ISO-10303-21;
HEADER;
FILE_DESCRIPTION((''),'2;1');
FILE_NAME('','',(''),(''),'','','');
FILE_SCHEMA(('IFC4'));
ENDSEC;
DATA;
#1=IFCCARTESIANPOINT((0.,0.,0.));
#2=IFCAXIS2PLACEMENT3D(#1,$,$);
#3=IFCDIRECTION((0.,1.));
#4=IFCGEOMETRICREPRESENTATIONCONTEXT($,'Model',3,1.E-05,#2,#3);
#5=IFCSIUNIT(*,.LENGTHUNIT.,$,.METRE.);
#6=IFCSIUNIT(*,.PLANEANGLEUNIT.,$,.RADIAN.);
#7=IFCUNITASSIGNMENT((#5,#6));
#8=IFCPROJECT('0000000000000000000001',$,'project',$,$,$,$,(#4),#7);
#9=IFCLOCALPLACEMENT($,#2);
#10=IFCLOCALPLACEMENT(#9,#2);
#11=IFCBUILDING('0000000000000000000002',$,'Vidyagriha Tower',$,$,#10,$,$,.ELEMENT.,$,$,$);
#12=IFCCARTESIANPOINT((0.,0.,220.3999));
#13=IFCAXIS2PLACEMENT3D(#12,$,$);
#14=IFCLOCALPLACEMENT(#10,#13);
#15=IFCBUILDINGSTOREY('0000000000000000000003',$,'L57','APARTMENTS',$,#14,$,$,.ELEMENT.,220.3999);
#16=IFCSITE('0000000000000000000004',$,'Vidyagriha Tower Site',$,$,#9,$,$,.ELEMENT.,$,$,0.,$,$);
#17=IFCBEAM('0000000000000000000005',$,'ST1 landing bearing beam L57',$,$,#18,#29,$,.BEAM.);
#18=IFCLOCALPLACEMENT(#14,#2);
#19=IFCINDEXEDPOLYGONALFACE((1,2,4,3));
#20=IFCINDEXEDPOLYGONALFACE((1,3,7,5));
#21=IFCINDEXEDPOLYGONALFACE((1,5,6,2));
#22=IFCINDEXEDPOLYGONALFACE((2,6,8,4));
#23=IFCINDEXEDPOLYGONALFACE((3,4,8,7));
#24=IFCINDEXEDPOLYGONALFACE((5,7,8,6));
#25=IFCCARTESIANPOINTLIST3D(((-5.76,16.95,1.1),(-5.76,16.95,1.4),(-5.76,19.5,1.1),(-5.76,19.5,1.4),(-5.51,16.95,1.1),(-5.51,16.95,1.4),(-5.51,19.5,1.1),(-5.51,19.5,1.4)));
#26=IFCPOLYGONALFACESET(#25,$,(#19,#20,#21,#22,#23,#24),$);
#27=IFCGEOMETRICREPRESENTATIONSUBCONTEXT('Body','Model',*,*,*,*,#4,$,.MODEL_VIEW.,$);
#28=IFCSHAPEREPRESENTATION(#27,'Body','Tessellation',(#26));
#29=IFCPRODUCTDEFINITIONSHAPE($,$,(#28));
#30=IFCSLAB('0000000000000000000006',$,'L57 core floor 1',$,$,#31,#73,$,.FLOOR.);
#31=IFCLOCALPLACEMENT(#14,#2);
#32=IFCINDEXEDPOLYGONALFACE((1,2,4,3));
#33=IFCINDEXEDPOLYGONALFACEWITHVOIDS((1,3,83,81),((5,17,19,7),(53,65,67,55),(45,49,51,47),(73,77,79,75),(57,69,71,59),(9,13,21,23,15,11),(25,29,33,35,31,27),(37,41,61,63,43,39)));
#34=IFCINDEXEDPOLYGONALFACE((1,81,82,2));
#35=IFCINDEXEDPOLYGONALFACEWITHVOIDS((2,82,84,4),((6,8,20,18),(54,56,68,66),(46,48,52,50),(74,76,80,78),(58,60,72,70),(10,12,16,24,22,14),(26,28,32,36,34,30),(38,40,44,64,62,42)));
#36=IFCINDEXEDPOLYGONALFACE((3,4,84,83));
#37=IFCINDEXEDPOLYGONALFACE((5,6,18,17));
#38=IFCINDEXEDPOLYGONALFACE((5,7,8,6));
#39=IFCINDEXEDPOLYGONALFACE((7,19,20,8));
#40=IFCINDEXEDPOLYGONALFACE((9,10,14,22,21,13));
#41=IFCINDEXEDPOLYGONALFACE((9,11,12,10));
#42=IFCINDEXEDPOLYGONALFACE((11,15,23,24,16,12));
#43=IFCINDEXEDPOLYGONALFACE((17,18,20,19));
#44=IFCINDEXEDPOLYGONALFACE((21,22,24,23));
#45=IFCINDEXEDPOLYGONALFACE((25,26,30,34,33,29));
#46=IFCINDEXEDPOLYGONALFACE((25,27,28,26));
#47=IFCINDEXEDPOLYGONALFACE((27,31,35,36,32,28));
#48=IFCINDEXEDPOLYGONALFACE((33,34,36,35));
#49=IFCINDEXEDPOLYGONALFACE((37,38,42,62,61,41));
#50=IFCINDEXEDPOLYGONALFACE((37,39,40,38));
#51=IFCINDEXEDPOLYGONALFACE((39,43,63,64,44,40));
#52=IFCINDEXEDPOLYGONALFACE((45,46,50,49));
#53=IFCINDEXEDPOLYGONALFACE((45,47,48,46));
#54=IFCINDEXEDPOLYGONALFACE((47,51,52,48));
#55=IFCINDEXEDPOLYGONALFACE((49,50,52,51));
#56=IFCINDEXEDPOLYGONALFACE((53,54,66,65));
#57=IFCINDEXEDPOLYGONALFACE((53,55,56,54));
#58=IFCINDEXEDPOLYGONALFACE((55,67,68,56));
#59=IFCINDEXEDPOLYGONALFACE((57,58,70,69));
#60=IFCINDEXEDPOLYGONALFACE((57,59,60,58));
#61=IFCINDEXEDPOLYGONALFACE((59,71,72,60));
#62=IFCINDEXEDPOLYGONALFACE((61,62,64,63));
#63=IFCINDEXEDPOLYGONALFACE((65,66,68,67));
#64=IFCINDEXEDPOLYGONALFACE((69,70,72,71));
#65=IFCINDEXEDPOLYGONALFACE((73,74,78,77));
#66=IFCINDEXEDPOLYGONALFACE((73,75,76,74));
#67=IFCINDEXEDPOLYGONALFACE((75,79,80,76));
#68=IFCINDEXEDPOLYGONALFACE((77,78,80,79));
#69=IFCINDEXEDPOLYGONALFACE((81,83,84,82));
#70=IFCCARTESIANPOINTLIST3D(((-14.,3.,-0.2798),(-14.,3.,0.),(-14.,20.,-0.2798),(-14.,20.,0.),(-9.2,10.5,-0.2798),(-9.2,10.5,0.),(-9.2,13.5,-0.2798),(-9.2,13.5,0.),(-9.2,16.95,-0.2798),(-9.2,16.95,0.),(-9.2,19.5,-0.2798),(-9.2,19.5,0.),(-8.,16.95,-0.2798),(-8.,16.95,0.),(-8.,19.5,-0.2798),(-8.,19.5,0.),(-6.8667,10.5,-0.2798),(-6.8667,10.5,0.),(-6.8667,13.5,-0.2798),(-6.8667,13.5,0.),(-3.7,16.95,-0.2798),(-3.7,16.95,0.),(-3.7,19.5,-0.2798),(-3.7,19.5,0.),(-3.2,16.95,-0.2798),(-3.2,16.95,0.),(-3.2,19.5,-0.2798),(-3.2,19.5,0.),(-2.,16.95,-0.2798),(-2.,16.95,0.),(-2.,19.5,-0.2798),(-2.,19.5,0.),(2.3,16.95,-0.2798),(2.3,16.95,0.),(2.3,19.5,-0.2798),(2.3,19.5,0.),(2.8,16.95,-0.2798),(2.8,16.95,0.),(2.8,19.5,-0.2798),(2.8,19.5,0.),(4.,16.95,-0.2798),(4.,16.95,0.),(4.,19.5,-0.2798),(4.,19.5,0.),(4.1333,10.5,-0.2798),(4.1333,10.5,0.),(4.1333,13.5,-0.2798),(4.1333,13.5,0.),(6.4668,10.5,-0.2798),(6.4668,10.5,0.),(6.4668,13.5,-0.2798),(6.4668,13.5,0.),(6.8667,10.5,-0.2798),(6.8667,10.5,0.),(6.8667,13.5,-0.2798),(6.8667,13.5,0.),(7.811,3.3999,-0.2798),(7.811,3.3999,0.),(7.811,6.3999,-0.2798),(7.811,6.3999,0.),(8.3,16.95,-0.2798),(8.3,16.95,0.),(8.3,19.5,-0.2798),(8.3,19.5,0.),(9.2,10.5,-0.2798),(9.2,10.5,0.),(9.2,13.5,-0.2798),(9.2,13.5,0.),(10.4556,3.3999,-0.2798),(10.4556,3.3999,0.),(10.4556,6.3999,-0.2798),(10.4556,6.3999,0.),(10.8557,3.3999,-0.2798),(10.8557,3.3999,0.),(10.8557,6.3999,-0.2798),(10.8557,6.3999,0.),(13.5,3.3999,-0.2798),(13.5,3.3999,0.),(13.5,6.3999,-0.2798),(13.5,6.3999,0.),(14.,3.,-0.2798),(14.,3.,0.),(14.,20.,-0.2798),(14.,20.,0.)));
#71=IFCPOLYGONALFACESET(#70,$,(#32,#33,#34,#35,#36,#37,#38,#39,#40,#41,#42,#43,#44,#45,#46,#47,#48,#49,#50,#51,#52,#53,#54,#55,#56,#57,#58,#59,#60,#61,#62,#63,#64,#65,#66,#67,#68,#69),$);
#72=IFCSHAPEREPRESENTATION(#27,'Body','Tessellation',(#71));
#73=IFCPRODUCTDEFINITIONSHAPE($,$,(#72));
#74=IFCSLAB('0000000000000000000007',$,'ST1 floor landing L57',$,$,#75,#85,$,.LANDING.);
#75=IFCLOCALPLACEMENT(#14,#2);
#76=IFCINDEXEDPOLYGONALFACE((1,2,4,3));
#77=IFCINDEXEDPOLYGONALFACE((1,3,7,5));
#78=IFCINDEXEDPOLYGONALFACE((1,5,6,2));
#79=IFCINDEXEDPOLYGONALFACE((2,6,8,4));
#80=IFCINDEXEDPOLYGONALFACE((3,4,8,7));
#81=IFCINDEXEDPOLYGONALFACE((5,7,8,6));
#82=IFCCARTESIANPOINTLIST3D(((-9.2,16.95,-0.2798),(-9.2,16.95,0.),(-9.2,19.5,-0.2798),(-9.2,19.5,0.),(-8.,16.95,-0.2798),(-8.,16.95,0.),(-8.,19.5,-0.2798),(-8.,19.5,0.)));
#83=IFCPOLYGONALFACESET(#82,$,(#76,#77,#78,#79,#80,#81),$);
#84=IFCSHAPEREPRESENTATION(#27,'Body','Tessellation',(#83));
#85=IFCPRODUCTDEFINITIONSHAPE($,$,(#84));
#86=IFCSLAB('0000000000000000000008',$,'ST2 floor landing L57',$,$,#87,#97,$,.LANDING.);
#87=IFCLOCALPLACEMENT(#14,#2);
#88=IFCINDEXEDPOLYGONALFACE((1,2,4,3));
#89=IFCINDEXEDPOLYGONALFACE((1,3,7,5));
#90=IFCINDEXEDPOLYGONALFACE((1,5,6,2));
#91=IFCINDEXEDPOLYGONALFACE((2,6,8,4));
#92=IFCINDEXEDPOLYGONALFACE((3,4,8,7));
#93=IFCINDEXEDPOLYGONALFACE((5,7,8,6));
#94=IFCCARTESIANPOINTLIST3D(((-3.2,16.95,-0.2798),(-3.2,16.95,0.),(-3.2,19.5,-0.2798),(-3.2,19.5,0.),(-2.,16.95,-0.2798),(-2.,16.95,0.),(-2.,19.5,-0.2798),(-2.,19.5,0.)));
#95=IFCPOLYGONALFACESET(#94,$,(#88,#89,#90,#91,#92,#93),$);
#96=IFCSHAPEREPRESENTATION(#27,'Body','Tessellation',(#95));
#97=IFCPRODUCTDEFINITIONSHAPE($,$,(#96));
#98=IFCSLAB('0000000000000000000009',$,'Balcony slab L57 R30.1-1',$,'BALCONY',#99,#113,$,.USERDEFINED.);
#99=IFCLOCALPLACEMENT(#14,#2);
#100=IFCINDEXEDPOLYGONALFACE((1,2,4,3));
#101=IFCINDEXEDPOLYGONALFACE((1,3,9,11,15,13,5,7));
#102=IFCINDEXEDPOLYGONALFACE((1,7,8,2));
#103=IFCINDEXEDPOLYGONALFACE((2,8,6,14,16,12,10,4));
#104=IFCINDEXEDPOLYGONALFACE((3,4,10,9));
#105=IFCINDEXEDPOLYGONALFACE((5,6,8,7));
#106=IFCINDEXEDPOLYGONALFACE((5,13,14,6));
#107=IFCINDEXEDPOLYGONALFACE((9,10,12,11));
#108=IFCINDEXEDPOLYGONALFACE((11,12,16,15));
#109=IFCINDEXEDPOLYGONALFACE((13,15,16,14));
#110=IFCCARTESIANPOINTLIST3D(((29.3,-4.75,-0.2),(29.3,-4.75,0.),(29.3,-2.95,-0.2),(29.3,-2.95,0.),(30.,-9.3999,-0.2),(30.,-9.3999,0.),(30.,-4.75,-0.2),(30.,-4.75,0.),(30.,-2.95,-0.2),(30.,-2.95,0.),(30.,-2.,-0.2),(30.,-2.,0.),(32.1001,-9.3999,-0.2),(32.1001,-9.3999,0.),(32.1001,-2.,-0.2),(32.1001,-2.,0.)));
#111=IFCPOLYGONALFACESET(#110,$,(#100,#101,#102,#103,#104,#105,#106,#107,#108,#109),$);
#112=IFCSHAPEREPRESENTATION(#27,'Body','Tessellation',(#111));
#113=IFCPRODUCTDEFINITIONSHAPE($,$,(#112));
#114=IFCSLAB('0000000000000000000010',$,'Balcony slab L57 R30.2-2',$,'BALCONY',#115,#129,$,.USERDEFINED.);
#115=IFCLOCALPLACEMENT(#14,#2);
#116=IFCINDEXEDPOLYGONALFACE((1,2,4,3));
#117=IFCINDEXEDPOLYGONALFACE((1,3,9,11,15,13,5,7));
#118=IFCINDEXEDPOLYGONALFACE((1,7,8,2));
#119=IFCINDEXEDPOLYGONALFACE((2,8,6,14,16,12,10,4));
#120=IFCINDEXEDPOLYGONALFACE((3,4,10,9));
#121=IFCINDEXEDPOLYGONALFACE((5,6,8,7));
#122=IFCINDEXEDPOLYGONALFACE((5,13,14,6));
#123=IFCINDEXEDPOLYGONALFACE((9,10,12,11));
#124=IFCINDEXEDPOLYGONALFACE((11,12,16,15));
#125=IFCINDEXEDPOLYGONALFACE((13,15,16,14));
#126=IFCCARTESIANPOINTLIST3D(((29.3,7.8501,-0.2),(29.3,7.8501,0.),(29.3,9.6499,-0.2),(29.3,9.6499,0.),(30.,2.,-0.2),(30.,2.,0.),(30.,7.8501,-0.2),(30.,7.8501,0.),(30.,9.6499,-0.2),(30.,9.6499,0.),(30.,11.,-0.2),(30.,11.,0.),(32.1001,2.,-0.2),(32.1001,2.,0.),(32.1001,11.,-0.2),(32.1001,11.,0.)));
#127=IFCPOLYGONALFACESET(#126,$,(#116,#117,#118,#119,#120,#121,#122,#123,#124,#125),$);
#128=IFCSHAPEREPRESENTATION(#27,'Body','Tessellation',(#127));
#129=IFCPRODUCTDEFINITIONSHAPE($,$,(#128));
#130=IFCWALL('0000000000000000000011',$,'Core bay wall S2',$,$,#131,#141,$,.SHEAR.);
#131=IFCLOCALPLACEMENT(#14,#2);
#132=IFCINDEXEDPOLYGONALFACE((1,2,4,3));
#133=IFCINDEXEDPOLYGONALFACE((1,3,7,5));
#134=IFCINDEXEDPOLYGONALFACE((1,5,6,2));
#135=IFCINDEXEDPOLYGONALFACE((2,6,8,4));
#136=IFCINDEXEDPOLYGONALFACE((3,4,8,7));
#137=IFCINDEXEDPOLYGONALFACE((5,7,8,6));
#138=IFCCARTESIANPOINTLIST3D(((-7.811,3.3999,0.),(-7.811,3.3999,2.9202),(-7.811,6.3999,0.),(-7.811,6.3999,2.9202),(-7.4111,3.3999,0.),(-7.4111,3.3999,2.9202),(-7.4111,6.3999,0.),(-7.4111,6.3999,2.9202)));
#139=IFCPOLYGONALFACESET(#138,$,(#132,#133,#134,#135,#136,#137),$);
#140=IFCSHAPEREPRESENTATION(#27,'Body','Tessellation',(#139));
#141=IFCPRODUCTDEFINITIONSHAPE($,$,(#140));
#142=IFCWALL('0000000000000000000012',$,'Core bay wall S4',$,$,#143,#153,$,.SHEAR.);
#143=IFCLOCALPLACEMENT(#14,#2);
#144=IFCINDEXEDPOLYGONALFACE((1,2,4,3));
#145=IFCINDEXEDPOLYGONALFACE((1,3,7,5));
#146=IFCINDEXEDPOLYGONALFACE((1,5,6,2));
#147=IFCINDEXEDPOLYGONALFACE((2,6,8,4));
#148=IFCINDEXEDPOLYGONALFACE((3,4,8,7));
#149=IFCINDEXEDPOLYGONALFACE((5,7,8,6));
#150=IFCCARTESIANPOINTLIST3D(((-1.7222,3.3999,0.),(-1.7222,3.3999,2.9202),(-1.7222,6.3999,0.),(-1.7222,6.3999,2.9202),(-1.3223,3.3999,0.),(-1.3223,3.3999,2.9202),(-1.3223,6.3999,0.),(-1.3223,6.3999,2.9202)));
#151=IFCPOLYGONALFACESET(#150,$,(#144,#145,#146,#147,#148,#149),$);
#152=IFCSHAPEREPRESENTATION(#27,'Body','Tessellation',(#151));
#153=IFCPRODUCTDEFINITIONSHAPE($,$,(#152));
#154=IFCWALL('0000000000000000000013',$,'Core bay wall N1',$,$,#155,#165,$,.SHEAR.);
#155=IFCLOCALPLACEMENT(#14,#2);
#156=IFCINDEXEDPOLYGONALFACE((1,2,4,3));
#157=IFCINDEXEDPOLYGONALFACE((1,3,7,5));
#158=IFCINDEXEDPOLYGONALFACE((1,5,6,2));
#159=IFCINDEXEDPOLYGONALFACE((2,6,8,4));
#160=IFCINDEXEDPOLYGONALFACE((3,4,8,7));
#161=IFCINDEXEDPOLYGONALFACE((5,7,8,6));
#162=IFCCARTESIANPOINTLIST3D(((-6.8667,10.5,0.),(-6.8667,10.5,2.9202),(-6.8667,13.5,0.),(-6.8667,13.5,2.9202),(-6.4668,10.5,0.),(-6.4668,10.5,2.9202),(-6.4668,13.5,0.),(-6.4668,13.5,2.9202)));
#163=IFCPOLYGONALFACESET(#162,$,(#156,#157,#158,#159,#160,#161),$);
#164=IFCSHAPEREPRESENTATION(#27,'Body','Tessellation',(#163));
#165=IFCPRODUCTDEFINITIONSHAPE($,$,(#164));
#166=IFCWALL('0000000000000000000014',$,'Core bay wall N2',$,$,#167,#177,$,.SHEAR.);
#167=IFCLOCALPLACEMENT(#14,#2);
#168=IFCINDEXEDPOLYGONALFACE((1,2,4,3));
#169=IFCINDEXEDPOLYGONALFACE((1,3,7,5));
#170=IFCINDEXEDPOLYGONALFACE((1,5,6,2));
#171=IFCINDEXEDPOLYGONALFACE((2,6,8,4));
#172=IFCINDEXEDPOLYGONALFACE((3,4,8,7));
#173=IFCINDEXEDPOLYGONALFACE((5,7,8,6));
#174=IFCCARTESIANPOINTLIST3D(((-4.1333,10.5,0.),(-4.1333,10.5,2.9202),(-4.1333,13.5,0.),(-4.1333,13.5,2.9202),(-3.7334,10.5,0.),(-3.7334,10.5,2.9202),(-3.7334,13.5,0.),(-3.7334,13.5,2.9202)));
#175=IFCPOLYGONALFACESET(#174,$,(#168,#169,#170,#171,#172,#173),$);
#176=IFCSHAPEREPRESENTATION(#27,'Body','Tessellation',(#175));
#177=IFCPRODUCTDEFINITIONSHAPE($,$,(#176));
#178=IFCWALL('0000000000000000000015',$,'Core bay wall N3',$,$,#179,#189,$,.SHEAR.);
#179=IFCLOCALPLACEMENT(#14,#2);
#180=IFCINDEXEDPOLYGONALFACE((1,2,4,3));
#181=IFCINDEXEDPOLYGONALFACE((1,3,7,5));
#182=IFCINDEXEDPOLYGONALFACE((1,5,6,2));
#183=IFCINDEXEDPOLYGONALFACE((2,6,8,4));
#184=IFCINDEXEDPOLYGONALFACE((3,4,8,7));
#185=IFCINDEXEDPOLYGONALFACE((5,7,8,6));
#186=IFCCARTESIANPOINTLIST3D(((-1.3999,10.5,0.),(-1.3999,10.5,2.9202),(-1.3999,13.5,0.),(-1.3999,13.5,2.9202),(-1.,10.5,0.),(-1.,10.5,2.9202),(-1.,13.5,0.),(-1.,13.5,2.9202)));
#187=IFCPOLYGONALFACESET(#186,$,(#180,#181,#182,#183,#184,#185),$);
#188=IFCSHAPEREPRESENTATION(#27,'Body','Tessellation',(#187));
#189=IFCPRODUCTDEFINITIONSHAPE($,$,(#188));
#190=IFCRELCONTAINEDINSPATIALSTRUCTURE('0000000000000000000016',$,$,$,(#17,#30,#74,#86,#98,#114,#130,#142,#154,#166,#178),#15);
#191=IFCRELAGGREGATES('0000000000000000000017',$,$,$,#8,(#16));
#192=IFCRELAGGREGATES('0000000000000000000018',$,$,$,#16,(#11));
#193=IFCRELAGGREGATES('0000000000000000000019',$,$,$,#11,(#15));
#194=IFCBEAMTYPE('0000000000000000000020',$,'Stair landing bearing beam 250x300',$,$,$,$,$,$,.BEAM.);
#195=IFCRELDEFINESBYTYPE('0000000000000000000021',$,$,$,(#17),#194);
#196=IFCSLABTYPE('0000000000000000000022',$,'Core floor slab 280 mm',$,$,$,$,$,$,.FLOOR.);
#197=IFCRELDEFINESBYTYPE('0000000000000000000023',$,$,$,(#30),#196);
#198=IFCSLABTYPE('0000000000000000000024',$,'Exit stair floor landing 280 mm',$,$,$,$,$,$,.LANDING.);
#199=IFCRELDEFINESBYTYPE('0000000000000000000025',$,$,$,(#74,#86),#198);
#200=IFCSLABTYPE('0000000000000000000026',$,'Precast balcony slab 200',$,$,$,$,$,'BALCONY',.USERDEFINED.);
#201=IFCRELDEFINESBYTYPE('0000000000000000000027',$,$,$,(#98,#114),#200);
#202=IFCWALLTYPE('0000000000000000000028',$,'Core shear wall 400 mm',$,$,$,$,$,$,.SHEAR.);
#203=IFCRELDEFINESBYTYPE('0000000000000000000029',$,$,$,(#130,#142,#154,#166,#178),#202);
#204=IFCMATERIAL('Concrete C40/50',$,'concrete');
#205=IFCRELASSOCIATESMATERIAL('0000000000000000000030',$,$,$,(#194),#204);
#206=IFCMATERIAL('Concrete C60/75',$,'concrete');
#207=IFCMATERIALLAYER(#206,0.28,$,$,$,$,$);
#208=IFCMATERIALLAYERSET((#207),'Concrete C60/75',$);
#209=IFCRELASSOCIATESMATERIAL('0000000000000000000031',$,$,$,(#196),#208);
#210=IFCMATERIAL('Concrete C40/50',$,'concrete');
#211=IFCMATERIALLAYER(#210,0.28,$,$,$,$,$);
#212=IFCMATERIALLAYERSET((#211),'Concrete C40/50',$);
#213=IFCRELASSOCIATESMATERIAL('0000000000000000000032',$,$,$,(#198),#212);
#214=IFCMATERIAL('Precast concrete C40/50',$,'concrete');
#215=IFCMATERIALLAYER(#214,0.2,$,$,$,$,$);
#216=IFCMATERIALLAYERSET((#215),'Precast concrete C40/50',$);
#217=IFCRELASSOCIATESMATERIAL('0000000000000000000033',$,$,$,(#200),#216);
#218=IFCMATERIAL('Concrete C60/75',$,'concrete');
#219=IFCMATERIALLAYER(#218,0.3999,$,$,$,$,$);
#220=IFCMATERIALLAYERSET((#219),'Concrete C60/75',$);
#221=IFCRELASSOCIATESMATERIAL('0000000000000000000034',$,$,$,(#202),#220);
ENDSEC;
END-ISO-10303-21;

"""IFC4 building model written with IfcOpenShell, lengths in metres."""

from ifc_helpers import new_model, si_unit, direction, frame, frame_2d, origin, origin_2d, place, context, subcontext, project, spatial, polyline, rectangle, outline, extrude, material, layer, layer_set, material_profile, profile_set, type_object, element, save


model = new_model("IFC4")

# Units and contexts
model_context = context("Model", 3, precision=1e-05, world=origin(), true_north=direction((0.0, 1.0)))
body_context = subcontext(model_context, "Body", "Model", "MODEL_VIEW")
ifc_project = project(units=[si_unit("LENGTHUNIT", "METRE"), si_unit("PLANEANGLEUNIT", "RADIAN")], contexts=[model_context])

# Site, building, storey
site_placement = place(None, origin())
site = spatial("IfcSite", under=ifc_project, at=site_placement, Name="Vidyagriha Tower Site", CompositionType="ELEMENT", RefElevation=0.0)
building_placement = place(site_placement, origin())
building = spatial("IfcBuilding", under=site, at=building_placement, Name="Vidyagriha Tower", CompositionType="ELEMENT")
storey_placement = place(building_placement, frame((0.0, 0.0, 220.3999)))
storey = spatial("IfcBuildingStorey", under=building, at=storey_placement, Name="L57", Description="APARTMENTS", CompositionType="ELEMENT", Elevation=220.3999)

# Beam
ifc_material_1 = material(Name="Concrete C40/50", Category="concrete")
ifc_material_profile = material_profile(ifc_material_1, rectangle(XDim=0.25, YDim=0.3, at=origin_2d()), Name="Stair landing bearing beam 250x300")
ifc_profile_set = profile_set([ifc_material_profile], Name="Concrete C40/50")
beam_type = type_object("IfcBeamType", Name="Stair landing bearing beam 250x300", PredefinedType="BEAM", material=ifc_profile_set)
beam_placement = place(storey_placement, frame((-5.635, 16.95, 1.25), z_axis=(0.0, 1.0, 0.0), x_axis=(-1.0, 0.0, 0.0)))
element("IfcBeam", 1, at=beam_placement, inside=storey, type_object=beam_type, Name="ST1 landing bearing beam L57", PredefinedType="BEAM", context=body_context, shape_type="SweptSolid", body=[
    extrude(rectangle(XDim=0.25, YDim=0.3, at=origin_2d()), origin(), (0.0, 0.0, 1.0), 2.55),
])

# Slabs
ifc_material_2 = material(Name="Concrete C60/75", Category="concrete")
ifc_layer_1 = layer(ifc_material_2, 0.28)
ifc_layer_set_1 = layer_set([ifc_layer_1], Name="Concrete C60/75")
slab_type_1 = type_object("IfcSlabType", Name="Core floor slab 280 mm", PredefinedType="FLOOR", material=ifc_layer_set_1)
slab_1_placement = place(storey_placement, frame((0.0, 0.0, -0.2798)))
element("IfcSlab", 2, at=slab_1_placement, inside=storey, type_object=slab_type_1, Name="L57 core floor 1", PredefinedType="FLOOR", context=body_context, shape_type="SweptSolid", body=[
    extrude(outline(polyline([(-14.0, 3.0), (-14.0, 20.0), (14.0, 20.0), (14.0, 3.0), (-14.0, 3.0)]), holes=[polyline([(13.5, 6.3999), (10.8557, 6.3999), (10.8557, 3.3999), (13.5, 3.3999), (13.5, 6.3999)]), polyline([(10.4556, 6.3999), (7.811, 6.3999), (7.811, 3.3999), (10.4556, 3.3999), (10.4556, 6.3999)]), polyline([(9.2, 13.5), (6.8667, 13.5), (6.8667, 10.5), (9.2, 10.5), (9.2, 13.5)]), polyline([(2.8, 19.5), (2.8, 16.95), (4.0, 16.95), (8.3, 16.95), (8.3, 19.5), (4.0, 19.5), (2.8, 19.5)]), polyline([(4.1333, 13.5), (4.1333, 10.5), (6.4668, 10.5), (6.4668, 13.5), (4.1333, 13.5)]), polyline([(-2.0, 19.5), (-3.2, 19.5), (-3.2, 16.95), (-2.0, 16.95), (2.3, 16.95), (2.3, 19.5), (-2.0, 19.5)]), polyline([(-9.2, 19.5), (-9.2, 16.95), (-8.0, 16.95), (-3.7, 16.95), (-3.7, 19.5), (-8.0, 19.5), (-9.2, 19.5)]), polyline([(-9.2, 13.5), (-9.2, 10.5), (-6.8667, 10.5), (-6.8667, 13.5), (-9.2, 13.5)])]), origin(), (0.0, 0.0, 1.0), 0.2798),
])
ifc_material_3 = material(Name="Concrete C40/50", Category="concrete")
ifc_layer_2 = layer(ifc_material_3, 0.28)
ifc_layer_set_2 = layer_set([ifc_layer_2], Name="Concrete C40/50")
slab_type_2 = type_object("IfcSlabType", Name="Exit stair floor landing 280 mm", PredefinedType="LANDING", material=ifc_layer_set_2)
slab_2_placement = place(storey_placement, frame((0.0, 0.0, -0.2798)))
element("IfcSlab", 3, at=slab_2_placement, inside=storey, type_object=slab_type_2, Name="ST1 floor landing L57", PredefinedType="LANDING", context=body_context, shape_type="SweptSolid", body=[
    extrude(outline(polyline([(-9.2, 16.95), (-8.0, 16.95), (-8.0, 19.5), (-9.2, 19.5), (-9.2, 16.95)])), origin(), (0.0, 0.0, 1.0), 0.2798),
])
slab_3_placement = place(storey_placement, frame((0.0, 0.0, -0.2798)))
element("IfcSlab", 4, at=slab_3_placement, inside=storey, type_object=slab_type_2, Name="ST2 floor landing L57", PredefinedType="LANDING", context=body_context, shape_type="SweptSolid", body=[
    extrude(outline(polyline([(-3.2, 16.95), (-2.0, 16.95), (-2.0, 19.5), (-3.2, 19.5), (-3.2, 16.95)])), origin(), (0.0, 0.0, 1.0), 0.2798),
])
ifc_material_4 = material(Name="Precast concrete C40/50", Category="concrete")
ifc_layer_3 = layer(ifc_material_4, 0.2)
ifc_layer_set_3 = layer_set([ifc_layer_3], Name="Precast concrete C40/50")
slab_type_3 = type_object("IfcSlabType", Name="Precast balcony slab 200", ElementType="BALCONY", PredefinedType="USERDEFINED", material=ifc_layer_set_3)
slab_4_placement = place(storey_placement, frame((0.0, 0.0, -0.2)))
element("IfcSlab", 5, at=slab_4_placement, inside=storey, type_object=slab_type_3, Name="Balcony slab L57 R30.1-1", ObjectType="BALCONY", PredefinedType="USERDEFINED", context=body_context, shape_type="SweptSolid", body=[
    extrude(outline(polyline([(30.0, -4.75), (30.0, -9.3999), (32.1001, -9.3999), (32.1001, -2.0), (30.0, -2.0), (30.0, -2.95), (29.3, -2.95), (29.3, -4.75), (30.0, -4.75)])), origin(), (0.0, 0.0, 1.0), 0.2),
])
slab_5_placement = place(storey_placement, frame((0.0, 0.0, -0.2)))
element("IfcSlab", 6, at=slab_5_placement, inside=storey, type_object=slab_type_3, Name="Balcony slab L57 R30.2-2", ObjectType="BALCONY", PredefinedType="USERDEFINED", context=body_context, shape_type="SweptSolid", body=[
    extrude(outline(polyline([(30.0, 7.8501), (30.0, 2.0), (32.1001, 2.0), (32.1001, 11.0), (30.0, 11.0), (30.0, 9.6499), (29.3, 9.6499), (29.3, 7.8501), (30.0, 7.8501)])), origin(), (0.0, 0.0, 1.0), 0.2),
])

# Walls
ifc_material_5 = material(Name="Concrete C60/75", Category="concrete")
ifc_layer_4 = layer(ifc_material_5, 0.3999)
ifc_layer_set_4 = layer_set([ifc_layer_4], Name="Concrete C60/75")
wall_type = type_object("IfcWallType", Name="Core shear wall 400 mm", PredefinedType="SHEAR", material=ifc_layer_set_4)
for number, where, z_axis, x_axis, name in (
    (7, (-7.6111, 3.3999, 0.0), (0.0, 0.0, 1.0), (0.0, 1.0, 0.0), "Core bay wall S2"),
    (8, (-1.5222, 3.3999, 0.0), (0.0, 0.0, 1.0), (0.0, 1.0, 0.0), "Core bay wall S4"),
    (9, (-6.6667, 10.5, 0.0), (0.0, 0.0, 1.0), (0.0, 1.0, 0.0), "Core bay wall N1"),
    (10, (-3.9333, 10.5, 0.0), (0.0, 0.0, 1.0), (0.0, 1.0, 0.0), "Core bay wall N2"),
    (11, (-1.2, 10.5, 0.0), (0.0, 0.0, 1.0), (0.0, 1.0, 0.0), "Core bay wall N3"),
):
    element("IfcWall", number, at=place(storey_placement, frame(where, z_axis=z_axis, x_axis=x_axis)), inside=storey, type_object=wall_type, Name=name, PredefinedType="SHEAR", context=body_context, shape_type="SweptSolid", body=[
        extrude(rectangle(XDim=3.0, YDim=0.3999, at=frame_2d((1.5, 0.0))), origin(), (0.0, 0.0, 1.0), 2.9202),
    ])

save(model, "model.ifc")
